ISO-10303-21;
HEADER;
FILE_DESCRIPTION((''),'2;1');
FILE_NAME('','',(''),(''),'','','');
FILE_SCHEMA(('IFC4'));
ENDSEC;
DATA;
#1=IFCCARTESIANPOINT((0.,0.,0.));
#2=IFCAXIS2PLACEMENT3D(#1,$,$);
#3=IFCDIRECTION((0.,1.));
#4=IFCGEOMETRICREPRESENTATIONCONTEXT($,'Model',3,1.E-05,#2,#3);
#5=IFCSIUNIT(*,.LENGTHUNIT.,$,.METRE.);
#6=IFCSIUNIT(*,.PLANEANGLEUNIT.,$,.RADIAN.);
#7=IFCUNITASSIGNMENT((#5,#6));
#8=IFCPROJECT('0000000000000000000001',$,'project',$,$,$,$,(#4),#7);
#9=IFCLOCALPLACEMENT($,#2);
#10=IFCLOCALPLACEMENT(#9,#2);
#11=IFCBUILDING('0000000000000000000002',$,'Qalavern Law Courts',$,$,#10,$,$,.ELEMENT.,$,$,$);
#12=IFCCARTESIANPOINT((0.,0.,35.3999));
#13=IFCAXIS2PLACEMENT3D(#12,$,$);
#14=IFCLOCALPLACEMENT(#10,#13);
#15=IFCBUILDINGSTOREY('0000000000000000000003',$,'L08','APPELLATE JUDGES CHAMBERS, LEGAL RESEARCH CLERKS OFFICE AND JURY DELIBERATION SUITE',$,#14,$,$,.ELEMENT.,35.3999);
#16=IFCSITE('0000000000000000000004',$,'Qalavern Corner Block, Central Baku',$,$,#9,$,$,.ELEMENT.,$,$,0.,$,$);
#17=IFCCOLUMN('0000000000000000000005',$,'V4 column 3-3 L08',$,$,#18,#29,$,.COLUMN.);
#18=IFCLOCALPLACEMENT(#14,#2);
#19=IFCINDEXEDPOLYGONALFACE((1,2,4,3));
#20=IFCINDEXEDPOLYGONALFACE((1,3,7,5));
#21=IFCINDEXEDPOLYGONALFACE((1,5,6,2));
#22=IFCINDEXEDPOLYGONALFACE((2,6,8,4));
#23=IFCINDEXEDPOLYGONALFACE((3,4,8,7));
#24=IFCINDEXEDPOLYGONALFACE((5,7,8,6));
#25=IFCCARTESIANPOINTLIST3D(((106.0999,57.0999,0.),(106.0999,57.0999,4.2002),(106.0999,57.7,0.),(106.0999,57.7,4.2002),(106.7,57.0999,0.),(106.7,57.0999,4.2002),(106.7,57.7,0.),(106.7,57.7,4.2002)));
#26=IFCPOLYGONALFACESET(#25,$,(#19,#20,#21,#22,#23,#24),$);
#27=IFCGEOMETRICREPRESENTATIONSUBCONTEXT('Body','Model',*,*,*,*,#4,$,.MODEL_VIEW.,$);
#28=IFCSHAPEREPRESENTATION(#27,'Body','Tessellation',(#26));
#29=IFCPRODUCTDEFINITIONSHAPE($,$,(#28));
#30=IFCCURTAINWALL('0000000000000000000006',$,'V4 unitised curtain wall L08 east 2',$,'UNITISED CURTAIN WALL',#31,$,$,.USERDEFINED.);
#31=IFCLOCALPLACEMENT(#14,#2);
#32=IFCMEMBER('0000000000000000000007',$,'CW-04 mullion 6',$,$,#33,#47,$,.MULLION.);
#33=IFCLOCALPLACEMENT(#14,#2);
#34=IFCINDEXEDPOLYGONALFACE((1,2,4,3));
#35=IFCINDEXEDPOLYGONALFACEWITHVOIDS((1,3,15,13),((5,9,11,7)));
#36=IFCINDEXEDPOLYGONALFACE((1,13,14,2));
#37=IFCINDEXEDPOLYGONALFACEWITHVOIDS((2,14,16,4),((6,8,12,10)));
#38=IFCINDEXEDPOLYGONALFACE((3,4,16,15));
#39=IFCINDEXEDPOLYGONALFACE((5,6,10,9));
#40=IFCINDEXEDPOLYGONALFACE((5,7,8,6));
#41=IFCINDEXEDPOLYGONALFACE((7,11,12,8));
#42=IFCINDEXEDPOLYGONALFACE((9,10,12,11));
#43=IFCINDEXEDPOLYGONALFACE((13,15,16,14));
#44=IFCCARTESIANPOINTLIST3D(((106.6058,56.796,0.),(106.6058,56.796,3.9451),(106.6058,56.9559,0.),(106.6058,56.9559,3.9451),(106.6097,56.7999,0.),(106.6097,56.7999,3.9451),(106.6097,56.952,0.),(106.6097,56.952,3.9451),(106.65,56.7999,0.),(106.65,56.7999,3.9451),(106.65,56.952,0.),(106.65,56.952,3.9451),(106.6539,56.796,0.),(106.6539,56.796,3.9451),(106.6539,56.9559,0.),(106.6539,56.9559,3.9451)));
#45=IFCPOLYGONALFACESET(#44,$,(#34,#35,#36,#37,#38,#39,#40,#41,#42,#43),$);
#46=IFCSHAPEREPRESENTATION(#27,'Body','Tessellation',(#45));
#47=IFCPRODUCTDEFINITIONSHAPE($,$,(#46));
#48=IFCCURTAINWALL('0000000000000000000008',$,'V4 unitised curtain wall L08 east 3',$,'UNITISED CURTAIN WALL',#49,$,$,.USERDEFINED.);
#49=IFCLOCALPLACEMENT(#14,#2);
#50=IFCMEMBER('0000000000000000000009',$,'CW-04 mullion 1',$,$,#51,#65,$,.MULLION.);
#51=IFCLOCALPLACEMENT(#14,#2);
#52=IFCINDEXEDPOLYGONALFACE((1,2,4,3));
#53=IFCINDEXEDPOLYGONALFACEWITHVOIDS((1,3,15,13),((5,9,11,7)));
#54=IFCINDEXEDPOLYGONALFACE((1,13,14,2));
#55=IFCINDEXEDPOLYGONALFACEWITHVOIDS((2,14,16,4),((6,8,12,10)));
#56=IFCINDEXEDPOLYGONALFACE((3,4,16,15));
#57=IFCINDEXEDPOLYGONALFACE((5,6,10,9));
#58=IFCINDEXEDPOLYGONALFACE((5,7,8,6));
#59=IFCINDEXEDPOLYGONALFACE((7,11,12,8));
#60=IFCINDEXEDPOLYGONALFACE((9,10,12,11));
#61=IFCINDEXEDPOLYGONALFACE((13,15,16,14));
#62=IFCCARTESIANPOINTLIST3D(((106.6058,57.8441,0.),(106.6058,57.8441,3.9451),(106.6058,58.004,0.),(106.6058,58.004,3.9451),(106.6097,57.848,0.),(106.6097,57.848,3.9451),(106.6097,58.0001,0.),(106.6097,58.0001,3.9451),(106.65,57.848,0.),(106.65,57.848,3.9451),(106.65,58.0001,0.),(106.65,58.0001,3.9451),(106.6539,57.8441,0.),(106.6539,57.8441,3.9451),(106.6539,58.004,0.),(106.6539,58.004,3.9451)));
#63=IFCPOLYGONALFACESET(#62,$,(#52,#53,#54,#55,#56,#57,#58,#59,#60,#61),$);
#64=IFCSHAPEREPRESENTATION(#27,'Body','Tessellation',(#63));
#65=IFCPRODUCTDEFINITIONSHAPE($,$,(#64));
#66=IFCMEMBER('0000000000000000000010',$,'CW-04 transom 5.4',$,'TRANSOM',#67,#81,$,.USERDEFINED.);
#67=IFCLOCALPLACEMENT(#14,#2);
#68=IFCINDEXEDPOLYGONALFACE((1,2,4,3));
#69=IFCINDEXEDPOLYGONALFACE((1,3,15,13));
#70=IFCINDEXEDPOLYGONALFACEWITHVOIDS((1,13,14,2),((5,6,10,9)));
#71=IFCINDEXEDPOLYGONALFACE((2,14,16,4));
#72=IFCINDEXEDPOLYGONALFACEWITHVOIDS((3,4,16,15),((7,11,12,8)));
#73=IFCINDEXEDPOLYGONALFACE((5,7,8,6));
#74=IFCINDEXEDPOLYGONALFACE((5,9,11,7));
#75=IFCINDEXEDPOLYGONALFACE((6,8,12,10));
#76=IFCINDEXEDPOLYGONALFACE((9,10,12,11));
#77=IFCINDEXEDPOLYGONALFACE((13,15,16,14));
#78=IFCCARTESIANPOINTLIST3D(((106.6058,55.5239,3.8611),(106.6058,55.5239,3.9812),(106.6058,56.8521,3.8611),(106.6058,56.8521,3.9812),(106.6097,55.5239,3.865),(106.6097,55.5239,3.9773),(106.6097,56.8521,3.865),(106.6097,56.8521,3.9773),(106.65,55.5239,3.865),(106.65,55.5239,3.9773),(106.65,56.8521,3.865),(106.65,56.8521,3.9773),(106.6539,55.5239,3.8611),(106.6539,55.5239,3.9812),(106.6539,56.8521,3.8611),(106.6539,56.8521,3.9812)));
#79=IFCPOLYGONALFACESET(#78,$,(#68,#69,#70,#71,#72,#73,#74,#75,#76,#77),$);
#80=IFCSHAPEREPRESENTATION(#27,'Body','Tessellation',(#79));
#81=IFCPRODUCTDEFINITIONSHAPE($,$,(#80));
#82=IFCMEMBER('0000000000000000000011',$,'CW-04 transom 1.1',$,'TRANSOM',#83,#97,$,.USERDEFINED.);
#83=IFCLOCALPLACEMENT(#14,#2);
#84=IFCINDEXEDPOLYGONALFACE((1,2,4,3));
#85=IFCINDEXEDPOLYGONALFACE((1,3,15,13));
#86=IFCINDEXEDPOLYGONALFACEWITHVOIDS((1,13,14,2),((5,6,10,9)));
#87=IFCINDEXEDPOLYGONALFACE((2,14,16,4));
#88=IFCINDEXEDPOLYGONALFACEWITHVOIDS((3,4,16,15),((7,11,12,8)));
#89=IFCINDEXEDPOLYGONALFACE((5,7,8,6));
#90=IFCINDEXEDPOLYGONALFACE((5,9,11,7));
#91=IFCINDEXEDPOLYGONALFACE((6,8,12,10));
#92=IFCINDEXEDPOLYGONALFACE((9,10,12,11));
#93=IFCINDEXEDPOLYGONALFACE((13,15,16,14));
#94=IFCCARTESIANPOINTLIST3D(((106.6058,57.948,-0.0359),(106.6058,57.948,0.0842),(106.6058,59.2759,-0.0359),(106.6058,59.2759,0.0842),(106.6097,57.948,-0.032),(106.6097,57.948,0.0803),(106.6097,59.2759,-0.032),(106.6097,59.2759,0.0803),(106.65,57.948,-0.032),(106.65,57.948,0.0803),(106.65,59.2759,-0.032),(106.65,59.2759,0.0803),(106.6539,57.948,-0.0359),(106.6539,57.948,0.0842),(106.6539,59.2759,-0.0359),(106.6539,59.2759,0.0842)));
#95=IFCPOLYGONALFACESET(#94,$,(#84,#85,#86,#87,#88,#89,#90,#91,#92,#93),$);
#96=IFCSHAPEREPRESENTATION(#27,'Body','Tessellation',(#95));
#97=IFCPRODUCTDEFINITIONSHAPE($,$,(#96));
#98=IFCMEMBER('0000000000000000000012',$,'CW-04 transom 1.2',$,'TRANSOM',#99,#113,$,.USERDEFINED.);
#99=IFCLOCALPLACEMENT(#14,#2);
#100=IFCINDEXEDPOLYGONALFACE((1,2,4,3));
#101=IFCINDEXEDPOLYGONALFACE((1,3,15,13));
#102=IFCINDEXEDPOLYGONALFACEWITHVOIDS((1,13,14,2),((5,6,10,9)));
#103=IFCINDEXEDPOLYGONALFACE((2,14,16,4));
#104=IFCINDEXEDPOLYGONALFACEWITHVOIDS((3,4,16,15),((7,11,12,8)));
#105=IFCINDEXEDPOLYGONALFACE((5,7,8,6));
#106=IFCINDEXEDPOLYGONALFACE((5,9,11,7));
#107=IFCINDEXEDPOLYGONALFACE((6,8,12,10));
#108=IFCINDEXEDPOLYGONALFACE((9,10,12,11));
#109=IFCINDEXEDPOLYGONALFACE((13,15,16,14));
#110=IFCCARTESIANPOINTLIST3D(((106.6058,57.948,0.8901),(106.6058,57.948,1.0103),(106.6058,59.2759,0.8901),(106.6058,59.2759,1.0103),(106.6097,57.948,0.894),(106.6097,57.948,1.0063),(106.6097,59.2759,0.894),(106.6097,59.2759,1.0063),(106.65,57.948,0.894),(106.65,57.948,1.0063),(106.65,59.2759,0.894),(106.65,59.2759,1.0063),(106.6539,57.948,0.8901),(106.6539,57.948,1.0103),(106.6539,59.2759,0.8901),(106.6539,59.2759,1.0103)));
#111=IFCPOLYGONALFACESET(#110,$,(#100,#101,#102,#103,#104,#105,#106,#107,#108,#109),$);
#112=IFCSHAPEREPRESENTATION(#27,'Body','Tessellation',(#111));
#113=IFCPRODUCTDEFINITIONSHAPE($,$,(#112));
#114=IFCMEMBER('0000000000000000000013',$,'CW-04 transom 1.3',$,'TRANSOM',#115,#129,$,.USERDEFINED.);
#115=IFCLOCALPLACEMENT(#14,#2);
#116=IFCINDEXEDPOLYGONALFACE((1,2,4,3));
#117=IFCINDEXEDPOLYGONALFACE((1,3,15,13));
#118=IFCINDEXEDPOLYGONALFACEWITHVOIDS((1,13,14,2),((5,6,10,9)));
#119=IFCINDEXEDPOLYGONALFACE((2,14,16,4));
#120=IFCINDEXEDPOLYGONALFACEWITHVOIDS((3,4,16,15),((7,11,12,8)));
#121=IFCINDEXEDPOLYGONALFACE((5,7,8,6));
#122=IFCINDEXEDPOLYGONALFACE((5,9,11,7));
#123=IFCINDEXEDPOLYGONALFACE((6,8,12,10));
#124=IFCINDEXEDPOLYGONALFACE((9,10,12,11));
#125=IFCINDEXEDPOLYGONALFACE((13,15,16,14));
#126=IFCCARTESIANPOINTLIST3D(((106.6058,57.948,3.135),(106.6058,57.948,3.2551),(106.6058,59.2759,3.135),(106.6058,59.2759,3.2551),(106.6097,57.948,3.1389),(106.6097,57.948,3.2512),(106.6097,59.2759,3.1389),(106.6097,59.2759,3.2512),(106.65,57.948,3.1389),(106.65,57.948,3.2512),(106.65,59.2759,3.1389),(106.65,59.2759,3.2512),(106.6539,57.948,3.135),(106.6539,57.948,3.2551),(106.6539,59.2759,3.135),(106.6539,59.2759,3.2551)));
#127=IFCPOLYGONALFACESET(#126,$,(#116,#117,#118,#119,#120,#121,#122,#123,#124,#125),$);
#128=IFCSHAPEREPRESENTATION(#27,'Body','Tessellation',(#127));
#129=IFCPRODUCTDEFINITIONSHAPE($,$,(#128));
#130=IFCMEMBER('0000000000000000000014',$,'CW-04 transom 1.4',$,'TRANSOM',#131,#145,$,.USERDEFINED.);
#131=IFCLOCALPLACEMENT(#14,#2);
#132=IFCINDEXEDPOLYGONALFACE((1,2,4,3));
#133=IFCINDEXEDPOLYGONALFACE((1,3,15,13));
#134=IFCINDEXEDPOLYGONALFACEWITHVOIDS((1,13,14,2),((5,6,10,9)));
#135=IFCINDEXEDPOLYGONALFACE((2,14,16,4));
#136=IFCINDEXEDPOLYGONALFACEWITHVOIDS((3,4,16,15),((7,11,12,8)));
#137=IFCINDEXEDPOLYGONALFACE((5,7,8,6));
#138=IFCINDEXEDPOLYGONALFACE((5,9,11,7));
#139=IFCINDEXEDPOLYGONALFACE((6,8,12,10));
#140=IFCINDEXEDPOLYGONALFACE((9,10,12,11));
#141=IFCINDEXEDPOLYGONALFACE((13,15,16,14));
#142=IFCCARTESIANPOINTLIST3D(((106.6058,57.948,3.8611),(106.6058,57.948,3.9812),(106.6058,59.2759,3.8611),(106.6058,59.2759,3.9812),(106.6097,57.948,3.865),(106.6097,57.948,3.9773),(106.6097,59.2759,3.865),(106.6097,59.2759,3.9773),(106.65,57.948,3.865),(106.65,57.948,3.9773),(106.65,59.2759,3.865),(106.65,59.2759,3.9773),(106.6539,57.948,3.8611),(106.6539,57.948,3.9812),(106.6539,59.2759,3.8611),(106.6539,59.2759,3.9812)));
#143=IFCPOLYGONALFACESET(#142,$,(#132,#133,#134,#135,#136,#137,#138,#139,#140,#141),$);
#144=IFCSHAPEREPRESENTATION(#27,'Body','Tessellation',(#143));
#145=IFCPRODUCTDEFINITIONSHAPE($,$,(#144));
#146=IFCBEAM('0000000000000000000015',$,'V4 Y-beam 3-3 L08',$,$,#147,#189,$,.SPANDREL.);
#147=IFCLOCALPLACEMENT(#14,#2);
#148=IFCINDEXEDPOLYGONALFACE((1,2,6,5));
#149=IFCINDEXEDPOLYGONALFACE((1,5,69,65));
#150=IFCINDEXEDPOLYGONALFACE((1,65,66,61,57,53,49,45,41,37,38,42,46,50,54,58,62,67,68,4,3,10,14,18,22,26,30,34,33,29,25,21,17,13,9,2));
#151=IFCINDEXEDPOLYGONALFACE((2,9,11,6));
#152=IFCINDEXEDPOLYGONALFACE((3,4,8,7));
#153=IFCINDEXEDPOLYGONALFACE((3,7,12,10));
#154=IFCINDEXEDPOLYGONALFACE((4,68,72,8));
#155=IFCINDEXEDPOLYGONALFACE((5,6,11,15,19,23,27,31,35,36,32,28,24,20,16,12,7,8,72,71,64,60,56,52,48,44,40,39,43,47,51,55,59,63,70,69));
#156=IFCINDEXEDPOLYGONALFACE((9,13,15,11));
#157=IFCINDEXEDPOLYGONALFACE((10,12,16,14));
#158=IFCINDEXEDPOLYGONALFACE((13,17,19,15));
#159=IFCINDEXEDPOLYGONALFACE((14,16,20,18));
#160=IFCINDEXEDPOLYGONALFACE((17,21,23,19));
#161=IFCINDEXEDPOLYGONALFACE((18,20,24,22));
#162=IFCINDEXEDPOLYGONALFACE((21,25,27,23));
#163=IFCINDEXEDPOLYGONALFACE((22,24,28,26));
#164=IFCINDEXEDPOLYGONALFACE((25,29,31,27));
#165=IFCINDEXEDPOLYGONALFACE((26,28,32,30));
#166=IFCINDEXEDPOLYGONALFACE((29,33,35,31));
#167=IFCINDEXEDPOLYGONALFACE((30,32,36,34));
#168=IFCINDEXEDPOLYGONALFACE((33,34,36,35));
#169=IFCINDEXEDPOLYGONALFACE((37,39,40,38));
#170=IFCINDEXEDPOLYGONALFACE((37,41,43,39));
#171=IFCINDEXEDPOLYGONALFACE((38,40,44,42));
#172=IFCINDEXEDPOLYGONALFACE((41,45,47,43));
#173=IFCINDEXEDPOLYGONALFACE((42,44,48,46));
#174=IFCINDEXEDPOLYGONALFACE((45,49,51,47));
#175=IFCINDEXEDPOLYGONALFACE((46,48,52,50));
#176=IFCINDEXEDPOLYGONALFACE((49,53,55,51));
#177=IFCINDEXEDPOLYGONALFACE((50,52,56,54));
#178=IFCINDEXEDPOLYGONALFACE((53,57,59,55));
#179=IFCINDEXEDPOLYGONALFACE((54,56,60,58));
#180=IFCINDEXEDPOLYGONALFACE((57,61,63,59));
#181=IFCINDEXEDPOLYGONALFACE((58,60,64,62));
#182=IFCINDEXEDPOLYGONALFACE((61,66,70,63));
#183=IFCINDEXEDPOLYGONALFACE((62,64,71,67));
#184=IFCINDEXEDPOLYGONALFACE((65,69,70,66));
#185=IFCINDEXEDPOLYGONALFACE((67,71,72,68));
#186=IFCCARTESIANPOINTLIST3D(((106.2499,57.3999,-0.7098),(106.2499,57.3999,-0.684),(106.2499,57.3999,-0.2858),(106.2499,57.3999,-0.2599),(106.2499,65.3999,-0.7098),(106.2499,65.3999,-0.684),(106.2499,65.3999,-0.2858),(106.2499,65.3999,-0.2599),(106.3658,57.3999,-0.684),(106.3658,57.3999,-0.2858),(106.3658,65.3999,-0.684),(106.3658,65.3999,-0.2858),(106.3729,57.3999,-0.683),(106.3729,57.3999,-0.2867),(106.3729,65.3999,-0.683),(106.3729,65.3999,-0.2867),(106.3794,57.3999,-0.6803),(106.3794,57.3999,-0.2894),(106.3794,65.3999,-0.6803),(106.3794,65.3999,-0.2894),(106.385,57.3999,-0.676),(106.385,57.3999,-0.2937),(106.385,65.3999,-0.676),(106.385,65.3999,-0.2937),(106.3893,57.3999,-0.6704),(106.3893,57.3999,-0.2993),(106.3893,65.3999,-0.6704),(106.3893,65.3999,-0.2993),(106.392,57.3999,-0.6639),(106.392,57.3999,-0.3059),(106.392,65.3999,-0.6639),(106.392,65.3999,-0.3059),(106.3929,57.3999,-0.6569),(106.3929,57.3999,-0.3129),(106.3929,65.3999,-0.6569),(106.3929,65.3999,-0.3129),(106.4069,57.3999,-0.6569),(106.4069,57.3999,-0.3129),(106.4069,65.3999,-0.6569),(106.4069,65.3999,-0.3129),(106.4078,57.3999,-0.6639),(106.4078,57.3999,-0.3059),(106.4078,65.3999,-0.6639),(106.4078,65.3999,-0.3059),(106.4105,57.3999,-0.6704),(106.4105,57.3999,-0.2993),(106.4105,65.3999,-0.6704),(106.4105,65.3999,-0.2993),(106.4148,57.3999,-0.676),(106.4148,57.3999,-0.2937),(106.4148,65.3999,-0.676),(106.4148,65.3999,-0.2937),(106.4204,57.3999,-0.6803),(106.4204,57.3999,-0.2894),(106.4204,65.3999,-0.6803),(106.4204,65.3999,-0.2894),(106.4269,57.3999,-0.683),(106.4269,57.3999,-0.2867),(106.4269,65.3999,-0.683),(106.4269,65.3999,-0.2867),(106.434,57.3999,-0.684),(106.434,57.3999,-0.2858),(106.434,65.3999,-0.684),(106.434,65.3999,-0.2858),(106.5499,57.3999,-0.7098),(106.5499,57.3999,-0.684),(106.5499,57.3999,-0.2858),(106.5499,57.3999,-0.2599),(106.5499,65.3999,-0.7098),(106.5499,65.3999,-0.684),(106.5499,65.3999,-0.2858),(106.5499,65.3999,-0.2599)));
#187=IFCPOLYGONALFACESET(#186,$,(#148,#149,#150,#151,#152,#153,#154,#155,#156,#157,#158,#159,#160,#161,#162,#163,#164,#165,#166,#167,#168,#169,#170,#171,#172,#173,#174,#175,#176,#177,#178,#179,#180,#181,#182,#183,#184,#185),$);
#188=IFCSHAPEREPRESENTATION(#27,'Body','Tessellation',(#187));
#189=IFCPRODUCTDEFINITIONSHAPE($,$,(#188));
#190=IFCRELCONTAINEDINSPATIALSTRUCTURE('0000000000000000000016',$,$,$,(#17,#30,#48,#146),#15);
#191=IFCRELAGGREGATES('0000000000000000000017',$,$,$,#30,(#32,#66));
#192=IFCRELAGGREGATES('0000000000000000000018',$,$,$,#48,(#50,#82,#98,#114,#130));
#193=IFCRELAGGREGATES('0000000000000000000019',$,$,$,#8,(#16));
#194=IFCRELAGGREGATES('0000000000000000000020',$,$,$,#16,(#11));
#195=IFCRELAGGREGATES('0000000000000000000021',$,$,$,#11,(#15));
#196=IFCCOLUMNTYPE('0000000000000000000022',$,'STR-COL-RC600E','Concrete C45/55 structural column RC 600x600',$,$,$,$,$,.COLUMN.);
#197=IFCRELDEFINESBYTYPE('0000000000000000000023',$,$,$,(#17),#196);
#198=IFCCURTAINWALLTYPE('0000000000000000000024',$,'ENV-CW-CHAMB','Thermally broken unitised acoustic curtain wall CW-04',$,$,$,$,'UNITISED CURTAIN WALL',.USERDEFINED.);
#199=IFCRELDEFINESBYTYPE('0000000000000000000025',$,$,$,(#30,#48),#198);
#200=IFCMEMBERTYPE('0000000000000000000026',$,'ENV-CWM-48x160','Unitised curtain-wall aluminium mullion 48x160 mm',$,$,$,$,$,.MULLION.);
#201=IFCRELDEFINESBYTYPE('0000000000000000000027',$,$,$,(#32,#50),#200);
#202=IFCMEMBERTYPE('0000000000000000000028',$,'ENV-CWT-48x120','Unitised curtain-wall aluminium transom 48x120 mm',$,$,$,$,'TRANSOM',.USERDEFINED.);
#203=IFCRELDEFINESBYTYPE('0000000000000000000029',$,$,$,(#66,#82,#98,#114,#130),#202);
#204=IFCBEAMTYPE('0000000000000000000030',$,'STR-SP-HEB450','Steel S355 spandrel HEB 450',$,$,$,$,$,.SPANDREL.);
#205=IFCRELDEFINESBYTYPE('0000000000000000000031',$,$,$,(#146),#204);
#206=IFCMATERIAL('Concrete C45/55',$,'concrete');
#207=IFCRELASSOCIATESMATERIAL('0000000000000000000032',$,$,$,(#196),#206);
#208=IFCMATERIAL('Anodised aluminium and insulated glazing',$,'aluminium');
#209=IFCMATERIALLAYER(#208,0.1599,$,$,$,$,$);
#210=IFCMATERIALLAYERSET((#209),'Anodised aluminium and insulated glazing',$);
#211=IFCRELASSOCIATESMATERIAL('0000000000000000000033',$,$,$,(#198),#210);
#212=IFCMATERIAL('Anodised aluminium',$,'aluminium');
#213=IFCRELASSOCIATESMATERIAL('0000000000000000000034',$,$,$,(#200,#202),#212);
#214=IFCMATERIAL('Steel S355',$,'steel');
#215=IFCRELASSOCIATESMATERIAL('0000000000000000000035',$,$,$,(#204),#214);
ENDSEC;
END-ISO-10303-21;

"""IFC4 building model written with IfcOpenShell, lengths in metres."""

from ifc_helpers import new_model, si_unit, direction, frame, origin, origin_2d, place, context, subcontext, project, spatial, rectangle, hollow_rectangle, i_section, extrude, material, layer, layer_set, material_profile, profile_set, type_object, element, aggregate, save


model = new_model("IFC4")

# Units and contexts
model_context = context("Model", 3, precision=1e-05, world=origin(), true_north=direction((0.0, 1.0)))
body_context = subcontext(model_context, "Body", "Model", "MODEL_VIEW")
ifc_project = project(units=[si_unit("LENGTHUNIT", "METRE"), si_unit("PLANEANGLEUNIT", "RADIAN")], contexts=[model_context])

# Site, building, storey
site_placement = place(None, origin())
site = spatial("IfcSite", under=ifc_project, at=site_placement, Name="Qalavern Corner Block, Central Baku", CompositionType="ELEMENT", RefElevation=0.0)
building_placement = place(site_placement, origin())
building = spatial("IfcBuilding", under=site, at=building_placement, Name="Qalavern Law Courts", CompositionType="ELEMENT")
storey_placement = place(building_placement, frame((0.0, 0.0, 35.3999)))
storey = spatial("IfcBuildingStorey", under=building, at=storey_placement, Name="L08", Description="APPELLATE JUDGES CHAMBERS, LEGAL RESEARCH CLERKS OFFICE AND JURY DELIBERATION SUITE", CompositionType="ELEMENT", Elevation=35.3999)

# Column
ifc_material_1 = material(Name="Concrete C45/55", Category="concrete")
ifc_material_profile_1 = material_profile(ifc_material_1, rectangle(XDim=0.6001, YDim=0.6001, at=origin_2d()), Name="RC 600x600")
ifc_profile_set_1 = profile_set([ifc_material_profile_1], Name="Concrete C45/55")
column_type = type_object("IfcColumnType", Name="STR-COL-RC600E", Description="Concrete C45/55 structural column RC 600x600", PredefinedType="COLUMN", material=ifc_profile_set_1)
column_placement = place(storey_placement, frame((106.3999, 57.3999, 0.0), z_axis=(0.0, 0.0, 1.0), x_axis=(1.0, 0.0, 0.0)))
element("IfcColumn", 1, at=column_placement, inside=storey, type_object=column_type, Name="V4 column 3-3 L08", PredefinedType="COLUMN", context=body_context, shape_type="SweptSolid", body=[
    extrude(rectangle(XDim=0.6001, YDim=0.6001, at=origin_2d()), origin(), (0.0, 0.0, 1.0), 4.2002),
])

# Curtain walls, members
ifc_material_2 = material(Name="Anodised aluminium and insulated glazing", Category="aluminium")
ifc_layer_1 = layer(ifc_material_2, 0.1599)
ifc_layer_set_1 = layer_set([ifc_layer_1], Name="Anodised aluminium and insulated glazing")
curtain_wall_type = type_object("IfcCurtainWallType", Name="ENV-CW-CHAMB", Description="Thermally broken unitised acoustic curtain wall CW-04", ElementType="UNITISED CURTAIN WALL", PredefinedType="USERDEFINED", material=ifc_layer_set_1)
curtain_wall_1_placement = place(storey_placement, origin())
curtain_wall_1 = element("IfcCurtainWall", 2, at=curtain_wall_1_placement, inside=storey, type_object=curtain_wall_type, Name="V4 unitised curtain wall L08 east 2", ObjectType="UNITISED CURTAIN WALL", PredefinedType="USERDEFINED")
ifc_material_3 = material(Name="Anodised aluminium", Category="aluminium")
ifc_material_profile_2 = material_profile(ifc_material_3, hollow_rectangle(XDim=0.0481, YDim=0.1599, WallThickness=0.0039, at=origin_2d()), Name="ALU MULLION 48x160")
ifc_profile_set_2 = profile_set([ifc_material_profile_2], Name="Anodised aluminium")
member_type_1 = type_object("IfcMemberType", Name="ENV-CWM-48x160", Description="Unitised curtain-wall aluminium mullion 48x160 mm", PredefinedType="MULLION", material=ifc_profile_set_2)
member_1_placement = place(storey_placement, frame((106.6299, 56.876, 0.0), z_axis=(0.0, 0.0, 1.0), x_axis=(-1.0, 0.0, 0.0)))
member_1 = element("IfcMember", 3, at=member_1_placement, type_object=member_type_1, Name="CW-04 mullion 6", PredefinedType="MULLION", context=body_context, shape_type="SweptSolid", body=[
    extrude(hollow_rectangle(XDim=0.0481, YDim=0.1599, WallThickness=0.0039, at=origin_2d()), origin(), (0.0, 0.0, 1.0), 3.9451),
])
curtain_wall_2_placement = place(storey_placement, origin())
curtain_wall_2 = element("IfcCurtainWall", 4, at=curtain_wall_2_placement, inside=storey, type_object=curtain_wall_type, Name="V4 unitised curtain wall L08 east 3", ObjectType="UNITISED CURTAIN WALL", PredefinedType="USERDEFINED")
member_2_placement = place(storey_placement, frame((106.6299, 57.9241, 0.0), z_axis=(0.0, 0.0, 1.0), x_axis=(-1.0, 0.0, 0.0)))
member_2 = element("IfcMember", 5, at=member_2_placement, type_object=member_type_1, Name="CW-04 mullion 1", PredefinedType="MULLION", context=body_context, shape_type="SweptSolid", body=[
    extrude(hollow_rectangle(XDim=0.0481, YDim=0.1599, WallThickness=0.0039, at=origin_2d()), origin(), (0.0, 0.0, 1.0), 3.9451),
])

# Members
ifc_material_profile_3 = material_profile(ifc_material_3, hollow_rectangle(XDim=0.0481, YDim=0.1201, WallThickness=0.0039, at=origin_2d()), Name="ALU TRANSOM 48x120")
ifc_profile_set_3 = profile_set([ifc_material_profile_3], Name="Anodised aluminium")
member_type_2 = type_object("IfcMemberType", Name="ENV-CWT-48x120", Description="Unitised curtain-wall aluminium transom 48x120 mm", ElementType="TRANSOM", PredefinedType="USERDEFINED", material=ifc_profile_set_3)
member_3_placement = place(storey_placement, frame((106.6299, 55.5239, 3.9211), z_axis=(0.0, 1.0, 0.0), x_axis=(-1.0, 0.0, 0.0)))
member_3 = element("IfcMember", 6, at=member_3_placement, type_object=member_type_2, Name="CW-04 transom 5.4", ObjectType="TRANSOM", PredefinedType="USERDEFINED", context=body_context, shape_type="SweptSolid", body=[
    extrude(hollow_rectangle(XDim=0.0481, YDim=0.1201, WallThickness=0.0039, at=origin_2d()), origin(), (0.0, 0.0, 1.0), 1.3281),
])
member_4_placement = place(storey_placement, frame((106.6299, 57.948, 0.0242), z_axis=(0.0, 1.0, 0.0), x_axis=(-1.0, 0.0, 0.0)))
member_4 = element("IfcMember", 7, at=member_4_placement, type_object=member_type_2, Name="CW-04 transom 1.1", ObjectType="TRANSOM", PredefinedType="USERDEFINED", context=body_context, shape_type="SweptSolid", body=[
    extrude(hollow_rectangle(XDim=0.0481, YDim=0.1201, WallThickness=0.0039, at=origin_2d()), origin(), (0.0, 0.0, 1.0), 1.3279),
])
member_5_placement = place(storey_placement, frame((106.6299, 57.948, 0.9502), z_axis=(0.0, 1.0, 0.0), x_axis=(-1.0, 0.0, 0.0)))
member_5 = element("IfcMember", 8, at=member_5_placement, type_object=member_type_2, Name="CW-04 transom 1.2", ObjectType="TRANSOM", PredefinedType="USERDEFINED", context=body_context, shape_type="SweptSolid", body=[
    extrude(hollow_rectangle(XDim=0.0481, YDim=0.1201, WallThickness=0.0039, at=origin_2d()), origin(), (0.0, 0.0, 1.0), 1.3279),
])
member_6_placement = place(storey_placement, frame((106.6299, 57.948, 3.1951), z_axis=(0.0, 1.0, 0.0), x_axis=(-1.0, 0.0, 0.0)))
member_6 = element("IfcMember", 9, at=member_6_placement, type_object=member_type_2, Name="CW-04 transom 1.3", ObjectType="TRANSOM", PredefinedType="USERDEFINED", context=body_context, shape_type="SweptSolid", body=[
    extrude(hollow_rectangle(XDim=0.0481, YDim=0.1201, WallThickness=0.0039, at=origin_2d()), origin(), (0.0, 0.0, 1.0), 1.3279),
])
member_7_placement = place(storey_placement, frame((106.6299, 57.948, 3.9211), z_axis=(0.0, 1.0, 0.0), x_axis=(-1.0, 0.0, 0.0)))
member_7 = element("IfcMember", 10, at=member_7_placement, type_object=member_type_2, Name="CW-04 transom 1.4", ObjectType="TRANSOM", PredefinedType="USERDEFINED", context=body_context, shape_type="SweptSolid", body=[
    extrude(hollow_rectangle(XDim=0.0481, YDim=0.1201, WallThickness=0.0039, at=origin_2d()), origin(), (0.0, 0.0, 1.0), 1.3279),
])

# Beam
ifc_material_4 = material(Name="Steel S355", Category="steel")
ifc_material_profile_4 = material_profile(ifc_material_4, i_section(OverallWidth=0.3, OverallDepth=0.45, WebThickness=0.0139, FlangeThickness=0.0259, FilletRadius=0.0271, at=origin_2d()), Name="HEB 450")
ifc_profile_set_4 = profile_set([ifc_material_profile_4], Name="Steel S355")
beam_type = type_object("IfcBeamType", Name="STR-SP-HEB450", Description="Steel S355 spandrel HEB 450", PredefinedType="SPANDREL", material=ifc_profile_set_4)
beam_placement = place(storey_placement, frame((106.3999, 57.3999, -0.4849), z_axis=(0.0, 1.0, 0.0), x_axis=(-1.0, 0.0, 0.0)))
element("IfcBeam", 11, at=beam_placement, inside=storey, type_object=beam_type, Name="V4 Y-beam 3-3 L08", PredefinedType="SPANDREL", context=body_context, shape_type="SweptSolid", body=[
    extrude(i_section(OverallWidth=0.3, OverallDepth=0.45, WebThickness=0.0139, FlangeThickness=0.0259, FilletRadius=0.0271, at=origin_2d()), origin(), (0.0, 0.0, 1.0), 8.0),
])

aggregate(curtain_wall_1, [member_1, member_3])
aggregate(curtain_wall_2, [member_2, member_4, member_5, member_6, member_7])

save(model, "model.ifc")
